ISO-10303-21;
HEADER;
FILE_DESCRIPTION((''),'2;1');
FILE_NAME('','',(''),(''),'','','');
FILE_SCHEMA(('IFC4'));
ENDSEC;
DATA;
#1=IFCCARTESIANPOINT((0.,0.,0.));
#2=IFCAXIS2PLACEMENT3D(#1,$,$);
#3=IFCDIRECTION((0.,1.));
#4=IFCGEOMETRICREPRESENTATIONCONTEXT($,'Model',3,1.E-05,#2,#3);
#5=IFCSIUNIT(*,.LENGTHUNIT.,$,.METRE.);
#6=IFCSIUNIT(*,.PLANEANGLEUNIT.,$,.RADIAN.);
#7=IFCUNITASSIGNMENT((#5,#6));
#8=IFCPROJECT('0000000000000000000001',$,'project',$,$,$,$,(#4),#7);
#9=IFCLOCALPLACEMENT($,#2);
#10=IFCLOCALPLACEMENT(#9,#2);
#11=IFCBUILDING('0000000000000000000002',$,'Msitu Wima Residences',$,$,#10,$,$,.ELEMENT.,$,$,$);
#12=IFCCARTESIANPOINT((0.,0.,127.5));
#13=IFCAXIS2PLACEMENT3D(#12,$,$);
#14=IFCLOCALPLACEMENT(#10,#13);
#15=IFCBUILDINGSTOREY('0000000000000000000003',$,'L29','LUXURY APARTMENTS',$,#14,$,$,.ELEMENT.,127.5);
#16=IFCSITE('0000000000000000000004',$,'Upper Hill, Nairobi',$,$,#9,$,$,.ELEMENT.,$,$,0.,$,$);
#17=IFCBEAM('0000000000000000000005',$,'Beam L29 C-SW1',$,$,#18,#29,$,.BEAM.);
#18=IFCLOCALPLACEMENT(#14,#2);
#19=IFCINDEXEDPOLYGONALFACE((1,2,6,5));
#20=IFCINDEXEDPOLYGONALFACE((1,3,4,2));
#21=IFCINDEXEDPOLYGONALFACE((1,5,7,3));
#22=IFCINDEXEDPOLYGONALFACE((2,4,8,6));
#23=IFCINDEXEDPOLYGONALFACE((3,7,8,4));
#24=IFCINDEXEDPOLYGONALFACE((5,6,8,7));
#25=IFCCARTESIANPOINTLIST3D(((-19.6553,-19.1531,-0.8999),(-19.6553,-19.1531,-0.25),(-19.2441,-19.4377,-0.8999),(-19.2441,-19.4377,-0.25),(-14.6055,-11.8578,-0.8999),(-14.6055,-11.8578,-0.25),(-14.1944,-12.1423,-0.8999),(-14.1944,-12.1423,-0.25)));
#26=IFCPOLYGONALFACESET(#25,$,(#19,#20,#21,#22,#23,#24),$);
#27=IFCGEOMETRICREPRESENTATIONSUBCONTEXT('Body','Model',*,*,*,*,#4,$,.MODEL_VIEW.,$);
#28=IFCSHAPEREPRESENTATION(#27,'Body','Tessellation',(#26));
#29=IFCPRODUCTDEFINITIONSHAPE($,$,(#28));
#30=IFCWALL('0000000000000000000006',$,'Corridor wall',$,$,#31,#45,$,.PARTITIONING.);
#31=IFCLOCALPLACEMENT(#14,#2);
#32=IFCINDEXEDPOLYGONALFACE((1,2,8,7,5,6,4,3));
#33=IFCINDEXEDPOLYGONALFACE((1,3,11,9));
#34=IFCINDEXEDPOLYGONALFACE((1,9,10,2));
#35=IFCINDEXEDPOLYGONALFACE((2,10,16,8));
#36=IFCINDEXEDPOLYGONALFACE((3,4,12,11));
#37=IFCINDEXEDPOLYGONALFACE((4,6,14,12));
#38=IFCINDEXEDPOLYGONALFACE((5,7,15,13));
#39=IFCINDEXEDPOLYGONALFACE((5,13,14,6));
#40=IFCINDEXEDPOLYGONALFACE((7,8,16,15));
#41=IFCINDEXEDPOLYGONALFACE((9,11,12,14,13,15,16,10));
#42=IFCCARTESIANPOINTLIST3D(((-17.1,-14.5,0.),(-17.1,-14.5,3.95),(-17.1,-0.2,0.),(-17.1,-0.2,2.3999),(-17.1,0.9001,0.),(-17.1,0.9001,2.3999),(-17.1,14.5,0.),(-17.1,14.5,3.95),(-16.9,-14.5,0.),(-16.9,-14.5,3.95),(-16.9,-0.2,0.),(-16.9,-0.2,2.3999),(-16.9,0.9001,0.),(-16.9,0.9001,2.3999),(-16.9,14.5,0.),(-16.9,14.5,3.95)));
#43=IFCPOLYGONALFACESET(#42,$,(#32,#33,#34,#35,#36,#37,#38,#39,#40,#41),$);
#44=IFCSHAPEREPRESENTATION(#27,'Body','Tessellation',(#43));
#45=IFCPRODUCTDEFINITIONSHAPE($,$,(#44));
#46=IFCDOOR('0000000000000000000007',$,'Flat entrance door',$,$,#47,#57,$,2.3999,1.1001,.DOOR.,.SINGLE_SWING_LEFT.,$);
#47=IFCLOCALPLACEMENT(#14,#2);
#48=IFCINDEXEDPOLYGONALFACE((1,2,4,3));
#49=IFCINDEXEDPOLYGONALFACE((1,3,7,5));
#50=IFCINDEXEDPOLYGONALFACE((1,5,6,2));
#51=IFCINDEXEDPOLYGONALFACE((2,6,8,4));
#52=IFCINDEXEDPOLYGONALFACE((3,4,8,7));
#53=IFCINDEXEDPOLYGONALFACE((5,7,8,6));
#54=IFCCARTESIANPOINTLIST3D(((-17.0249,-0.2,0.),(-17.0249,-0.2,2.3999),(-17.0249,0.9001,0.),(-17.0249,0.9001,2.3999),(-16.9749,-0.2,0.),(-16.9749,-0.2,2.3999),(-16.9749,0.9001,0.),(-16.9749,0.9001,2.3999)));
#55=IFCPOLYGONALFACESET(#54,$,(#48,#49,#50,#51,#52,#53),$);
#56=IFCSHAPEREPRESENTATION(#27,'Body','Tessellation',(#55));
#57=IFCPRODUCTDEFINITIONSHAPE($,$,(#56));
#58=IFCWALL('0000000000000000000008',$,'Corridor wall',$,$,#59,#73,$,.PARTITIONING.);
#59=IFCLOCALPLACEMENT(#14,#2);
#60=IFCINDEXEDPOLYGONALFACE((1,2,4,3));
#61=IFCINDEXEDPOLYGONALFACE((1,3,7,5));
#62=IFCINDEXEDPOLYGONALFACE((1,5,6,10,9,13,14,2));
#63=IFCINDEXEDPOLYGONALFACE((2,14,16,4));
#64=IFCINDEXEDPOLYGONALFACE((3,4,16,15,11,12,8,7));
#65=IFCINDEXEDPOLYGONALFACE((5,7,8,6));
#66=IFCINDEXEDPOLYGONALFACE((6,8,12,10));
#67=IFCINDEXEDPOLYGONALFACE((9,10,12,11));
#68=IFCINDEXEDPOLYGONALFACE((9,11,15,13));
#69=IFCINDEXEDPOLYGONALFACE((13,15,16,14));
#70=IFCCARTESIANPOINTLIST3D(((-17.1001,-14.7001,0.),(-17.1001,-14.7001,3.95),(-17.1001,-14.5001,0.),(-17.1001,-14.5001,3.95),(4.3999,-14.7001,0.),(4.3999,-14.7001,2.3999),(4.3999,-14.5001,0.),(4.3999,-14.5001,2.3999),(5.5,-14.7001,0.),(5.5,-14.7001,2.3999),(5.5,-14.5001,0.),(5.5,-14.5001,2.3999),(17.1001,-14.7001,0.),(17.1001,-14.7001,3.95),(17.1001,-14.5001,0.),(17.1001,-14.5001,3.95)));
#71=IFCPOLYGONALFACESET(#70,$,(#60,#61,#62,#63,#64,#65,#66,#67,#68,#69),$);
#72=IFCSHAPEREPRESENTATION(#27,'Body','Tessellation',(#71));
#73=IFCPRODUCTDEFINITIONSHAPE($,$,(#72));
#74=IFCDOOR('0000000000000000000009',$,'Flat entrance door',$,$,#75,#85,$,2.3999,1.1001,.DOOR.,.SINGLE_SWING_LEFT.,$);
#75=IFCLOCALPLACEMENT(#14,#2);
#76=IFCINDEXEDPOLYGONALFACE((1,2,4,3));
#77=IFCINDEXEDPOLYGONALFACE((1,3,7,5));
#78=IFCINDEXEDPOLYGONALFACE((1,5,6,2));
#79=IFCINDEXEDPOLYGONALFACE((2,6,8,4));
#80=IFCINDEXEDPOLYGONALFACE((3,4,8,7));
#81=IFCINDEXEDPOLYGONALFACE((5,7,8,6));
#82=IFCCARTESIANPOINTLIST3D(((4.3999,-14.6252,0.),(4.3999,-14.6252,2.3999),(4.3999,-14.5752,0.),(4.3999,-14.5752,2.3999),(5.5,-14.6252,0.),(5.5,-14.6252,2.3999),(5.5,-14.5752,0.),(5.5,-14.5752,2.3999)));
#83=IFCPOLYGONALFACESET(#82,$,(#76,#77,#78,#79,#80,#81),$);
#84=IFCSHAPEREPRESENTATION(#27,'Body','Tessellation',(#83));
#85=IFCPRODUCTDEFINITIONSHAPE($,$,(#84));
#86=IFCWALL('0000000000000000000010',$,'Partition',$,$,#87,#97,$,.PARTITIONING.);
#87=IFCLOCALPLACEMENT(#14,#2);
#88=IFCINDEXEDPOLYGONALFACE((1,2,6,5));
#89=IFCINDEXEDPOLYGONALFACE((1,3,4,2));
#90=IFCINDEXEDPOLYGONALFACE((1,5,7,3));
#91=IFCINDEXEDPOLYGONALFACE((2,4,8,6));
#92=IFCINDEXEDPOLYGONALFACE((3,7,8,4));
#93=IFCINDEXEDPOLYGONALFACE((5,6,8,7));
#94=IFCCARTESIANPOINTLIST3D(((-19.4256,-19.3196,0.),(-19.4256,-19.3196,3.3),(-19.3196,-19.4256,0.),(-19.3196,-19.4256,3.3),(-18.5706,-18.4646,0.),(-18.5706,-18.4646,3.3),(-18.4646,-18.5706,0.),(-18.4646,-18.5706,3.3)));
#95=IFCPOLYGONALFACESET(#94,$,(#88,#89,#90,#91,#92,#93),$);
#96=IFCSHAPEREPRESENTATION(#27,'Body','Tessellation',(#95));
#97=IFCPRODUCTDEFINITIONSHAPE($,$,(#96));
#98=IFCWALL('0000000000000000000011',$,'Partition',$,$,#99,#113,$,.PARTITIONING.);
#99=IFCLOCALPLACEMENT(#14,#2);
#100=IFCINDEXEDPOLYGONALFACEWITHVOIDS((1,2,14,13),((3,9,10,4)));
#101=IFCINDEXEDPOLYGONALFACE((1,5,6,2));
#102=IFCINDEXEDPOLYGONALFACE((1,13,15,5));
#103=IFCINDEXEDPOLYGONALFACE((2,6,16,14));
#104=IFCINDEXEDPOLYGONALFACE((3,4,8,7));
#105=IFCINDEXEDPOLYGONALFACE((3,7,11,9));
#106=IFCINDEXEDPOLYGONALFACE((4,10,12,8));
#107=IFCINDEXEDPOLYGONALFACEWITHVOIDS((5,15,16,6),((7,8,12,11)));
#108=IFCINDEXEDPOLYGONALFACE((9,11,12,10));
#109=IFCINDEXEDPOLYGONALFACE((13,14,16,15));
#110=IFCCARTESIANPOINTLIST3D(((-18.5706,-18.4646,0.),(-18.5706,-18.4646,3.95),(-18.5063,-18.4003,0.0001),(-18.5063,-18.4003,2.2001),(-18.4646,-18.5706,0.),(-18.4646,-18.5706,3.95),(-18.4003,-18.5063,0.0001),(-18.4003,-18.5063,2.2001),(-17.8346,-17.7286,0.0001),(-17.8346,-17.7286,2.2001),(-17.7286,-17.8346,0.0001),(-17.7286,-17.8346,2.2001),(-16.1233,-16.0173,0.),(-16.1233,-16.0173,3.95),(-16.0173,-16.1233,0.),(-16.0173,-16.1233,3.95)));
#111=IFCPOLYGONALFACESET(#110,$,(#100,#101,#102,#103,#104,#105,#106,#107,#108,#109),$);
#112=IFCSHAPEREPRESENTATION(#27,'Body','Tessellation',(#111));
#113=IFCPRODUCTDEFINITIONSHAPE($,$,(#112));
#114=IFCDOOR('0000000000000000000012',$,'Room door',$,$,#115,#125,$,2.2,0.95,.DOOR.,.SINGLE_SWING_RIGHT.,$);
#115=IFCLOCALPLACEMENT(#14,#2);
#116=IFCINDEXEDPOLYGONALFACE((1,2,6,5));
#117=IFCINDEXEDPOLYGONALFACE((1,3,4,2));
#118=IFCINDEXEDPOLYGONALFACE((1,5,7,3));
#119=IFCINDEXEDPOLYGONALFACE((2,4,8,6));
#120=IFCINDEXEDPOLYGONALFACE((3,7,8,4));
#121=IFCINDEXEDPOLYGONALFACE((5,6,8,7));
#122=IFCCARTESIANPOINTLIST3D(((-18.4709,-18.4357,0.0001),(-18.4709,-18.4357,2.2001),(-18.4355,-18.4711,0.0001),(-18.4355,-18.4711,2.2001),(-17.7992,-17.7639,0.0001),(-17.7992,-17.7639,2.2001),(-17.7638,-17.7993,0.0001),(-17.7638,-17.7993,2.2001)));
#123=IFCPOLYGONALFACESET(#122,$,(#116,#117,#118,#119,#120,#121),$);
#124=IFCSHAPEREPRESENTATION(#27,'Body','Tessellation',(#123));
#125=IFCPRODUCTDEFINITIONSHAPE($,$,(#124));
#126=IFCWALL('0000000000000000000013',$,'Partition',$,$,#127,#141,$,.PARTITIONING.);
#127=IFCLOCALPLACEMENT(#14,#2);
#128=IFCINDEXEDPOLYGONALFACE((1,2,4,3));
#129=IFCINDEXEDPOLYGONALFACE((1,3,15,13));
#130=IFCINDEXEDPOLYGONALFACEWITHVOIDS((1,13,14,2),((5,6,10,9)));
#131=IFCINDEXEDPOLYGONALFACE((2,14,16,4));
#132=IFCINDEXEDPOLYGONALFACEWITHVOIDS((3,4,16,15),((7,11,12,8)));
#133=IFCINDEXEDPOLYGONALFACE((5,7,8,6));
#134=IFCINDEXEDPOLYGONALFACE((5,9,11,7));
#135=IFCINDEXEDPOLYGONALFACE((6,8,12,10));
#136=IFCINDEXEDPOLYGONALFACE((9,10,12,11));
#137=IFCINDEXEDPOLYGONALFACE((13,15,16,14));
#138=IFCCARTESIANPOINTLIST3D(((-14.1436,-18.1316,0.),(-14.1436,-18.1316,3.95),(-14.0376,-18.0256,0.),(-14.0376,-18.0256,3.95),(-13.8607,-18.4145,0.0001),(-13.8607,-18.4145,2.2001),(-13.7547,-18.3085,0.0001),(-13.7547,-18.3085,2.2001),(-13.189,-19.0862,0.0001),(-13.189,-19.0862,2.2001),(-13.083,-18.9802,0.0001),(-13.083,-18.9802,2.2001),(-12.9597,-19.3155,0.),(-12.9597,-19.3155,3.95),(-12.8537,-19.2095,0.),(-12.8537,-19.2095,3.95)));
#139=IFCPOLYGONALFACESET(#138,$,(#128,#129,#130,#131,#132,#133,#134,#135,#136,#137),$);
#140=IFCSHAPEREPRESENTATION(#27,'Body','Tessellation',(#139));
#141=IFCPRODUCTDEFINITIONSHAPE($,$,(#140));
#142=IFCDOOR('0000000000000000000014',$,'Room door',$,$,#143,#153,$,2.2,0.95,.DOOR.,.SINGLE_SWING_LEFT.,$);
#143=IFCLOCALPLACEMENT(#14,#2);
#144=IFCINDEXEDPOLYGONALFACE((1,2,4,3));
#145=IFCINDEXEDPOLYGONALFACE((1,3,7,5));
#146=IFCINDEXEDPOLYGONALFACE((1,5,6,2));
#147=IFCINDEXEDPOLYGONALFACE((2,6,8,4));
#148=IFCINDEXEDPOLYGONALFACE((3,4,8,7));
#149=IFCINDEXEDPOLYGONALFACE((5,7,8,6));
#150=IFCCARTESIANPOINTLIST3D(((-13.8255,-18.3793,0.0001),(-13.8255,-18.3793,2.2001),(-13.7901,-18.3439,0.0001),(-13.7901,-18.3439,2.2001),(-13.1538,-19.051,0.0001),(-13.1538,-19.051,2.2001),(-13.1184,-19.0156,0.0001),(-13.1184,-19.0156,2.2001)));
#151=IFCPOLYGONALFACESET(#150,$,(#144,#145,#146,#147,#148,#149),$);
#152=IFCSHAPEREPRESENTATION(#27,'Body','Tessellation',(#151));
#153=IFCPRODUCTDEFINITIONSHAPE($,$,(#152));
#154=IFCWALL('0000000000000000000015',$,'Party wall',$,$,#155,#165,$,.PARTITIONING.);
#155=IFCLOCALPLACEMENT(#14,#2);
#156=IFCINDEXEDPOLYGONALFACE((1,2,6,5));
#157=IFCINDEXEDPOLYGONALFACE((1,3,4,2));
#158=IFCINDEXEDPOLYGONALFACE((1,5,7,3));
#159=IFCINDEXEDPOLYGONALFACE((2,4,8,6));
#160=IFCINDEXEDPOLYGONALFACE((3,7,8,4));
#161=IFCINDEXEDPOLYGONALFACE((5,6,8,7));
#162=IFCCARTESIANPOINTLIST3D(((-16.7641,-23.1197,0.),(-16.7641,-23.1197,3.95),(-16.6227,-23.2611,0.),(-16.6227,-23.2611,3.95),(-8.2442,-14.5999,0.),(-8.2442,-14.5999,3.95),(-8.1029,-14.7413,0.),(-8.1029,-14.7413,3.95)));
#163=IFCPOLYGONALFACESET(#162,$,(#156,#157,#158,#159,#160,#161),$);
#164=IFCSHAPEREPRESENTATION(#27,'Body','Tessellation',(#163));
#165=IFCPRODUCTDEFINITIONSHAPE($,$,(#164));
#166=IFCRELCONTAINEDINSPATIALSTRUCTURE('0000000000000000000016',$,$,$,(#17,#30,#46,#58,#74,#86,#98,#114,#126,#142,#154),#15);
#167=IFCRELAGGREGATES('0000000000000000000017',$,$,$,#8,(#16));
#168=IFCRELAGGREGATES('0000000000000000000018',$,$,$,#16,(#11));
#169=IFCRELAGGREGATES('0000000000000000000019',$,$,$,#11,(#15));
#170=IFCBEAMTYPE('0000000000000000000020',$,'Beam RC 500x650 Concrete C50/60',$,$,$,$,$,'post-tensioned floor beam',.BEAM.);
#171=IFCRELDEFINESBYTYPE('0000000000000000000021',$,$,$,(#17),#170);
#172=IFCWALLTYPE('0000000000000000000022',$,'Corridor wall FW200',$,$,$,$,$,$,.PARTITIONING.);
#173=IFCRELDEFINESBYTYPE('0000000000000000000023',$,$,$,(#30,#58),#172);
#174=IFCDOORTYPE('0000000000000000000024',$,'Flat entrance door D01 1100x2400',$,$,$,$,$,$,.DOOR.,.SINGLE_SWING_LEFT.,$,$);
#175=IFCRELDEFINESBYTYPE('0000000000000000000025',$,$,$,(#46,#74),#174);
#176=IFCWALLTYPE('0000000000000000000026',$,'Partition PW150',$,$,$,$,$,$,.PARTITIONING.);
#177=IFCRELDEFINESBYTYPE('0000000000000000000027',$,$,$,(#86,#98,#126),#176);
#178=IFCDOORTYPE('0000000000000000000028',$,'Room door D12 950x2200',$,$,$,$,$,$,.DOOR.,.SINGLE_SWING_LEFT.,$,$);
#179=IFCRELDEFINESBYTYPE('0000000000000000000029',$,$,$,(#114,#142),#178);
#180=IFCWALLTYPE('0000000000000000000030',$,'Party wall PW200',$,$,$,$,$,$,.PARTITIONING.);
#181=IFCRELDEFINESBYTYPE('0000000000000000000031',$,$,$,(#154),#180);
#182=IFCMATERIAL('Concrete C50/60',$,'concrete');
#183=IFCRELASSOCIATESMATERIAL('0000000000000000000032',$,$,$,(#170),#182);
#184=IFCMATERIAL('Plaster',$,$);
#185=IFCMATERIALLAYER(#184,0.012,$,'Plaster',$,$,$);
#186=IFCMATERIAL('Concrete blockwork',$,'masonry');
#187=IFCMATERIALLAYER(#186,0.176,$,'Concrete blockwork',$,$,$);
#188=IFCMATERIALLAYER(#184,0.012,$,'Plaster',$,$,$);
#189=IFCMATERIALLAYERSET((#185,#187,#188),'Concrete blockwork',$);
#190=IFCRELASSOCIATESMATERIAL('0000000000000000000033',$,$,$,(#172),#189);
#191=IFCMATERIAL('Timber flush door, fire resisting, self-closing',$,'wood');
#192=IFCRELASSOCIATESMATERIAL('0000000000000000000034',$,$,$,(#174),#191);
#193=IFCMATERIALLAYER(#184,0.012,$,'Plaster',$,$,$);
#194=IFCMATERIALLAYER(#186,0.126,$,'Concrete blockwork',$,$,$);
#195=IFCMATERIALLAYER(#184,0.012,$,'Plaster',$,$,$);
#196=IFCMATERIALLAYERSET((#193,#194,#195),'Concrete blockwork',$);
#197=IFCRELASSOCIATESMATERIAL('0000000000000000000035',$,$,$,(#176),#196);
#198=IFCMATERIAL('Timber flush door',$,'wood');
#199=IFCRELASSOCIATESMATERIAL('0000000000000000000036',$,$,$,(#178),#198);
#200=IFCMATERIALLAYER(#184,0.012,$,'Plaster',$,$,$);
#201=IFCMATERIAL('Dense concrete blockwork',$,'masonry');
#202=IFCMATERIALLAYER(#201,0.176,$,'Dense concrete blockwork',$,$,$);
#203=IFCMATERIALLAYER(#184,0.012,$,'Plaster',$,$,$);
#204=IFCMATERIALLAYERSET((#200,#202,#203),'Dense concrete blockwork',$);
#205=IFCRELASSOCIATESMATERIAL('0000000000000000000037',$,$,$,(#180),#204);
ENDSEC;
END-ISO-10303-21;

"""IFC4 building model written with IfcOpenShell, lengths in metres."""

from ifc_helpers import new_model, si_unit, direction, frame, frame_2d, origin, origin_2d, place, context, subcontext, project, spatial, rectangle, extrude, material, layer, layer_set, material_profile, profile_set, type_object, element, fill, save


model = new_model("IFC4")

# Units and contexts
model_context = context("Model", 3, precision=1e-05, world=origin(), true_north=direction((0.0, 1.0)))
body_context = subcontext(model_context, "Body", "Model", "MODEL_VIEW")
ifc_project = project(units=[si_unit("LENGTHUNIT", "METRE"), si_unit("PLANEANGLEUNIT", "RADIAN")], contexts=[model_context])

# Site, building, storey
site_placement = place(None, origin())
site = spatial("IfcSite", under=ifc_project, at=site_placement, Name="Upper Hill, Nairobi", CompositionType="ELEMENT", RefElevation=0.0)
building_placement = place(site_placement, origin())
building = spatial("IfcBuilding", under=site, at=building_placement, Name="Msitu Wima Residences", CompositionType="ELEMENT")
storey_placement = place(building_placement, frame((0.0, 0.0, 127.5)))
storey = spatial("IfcBuildingStorey", under=building, at=storey_placement, Name="L29", Description="LUXURY APARTMENTS", CompositionType="ELEMENT", Elevation=127.5)

# Beam
ifc_material_1 = material(Name="Concrete C50/60", Category="concrete")
ifc_material_profile = material_profile(ifc_material_1, rectangle(XDim=0.5, YDim=0.6499, at=origin_2d()), Name="RC 500x650")
ifc_profile_set = profile_set([ifc_material_profile], Name="Concrete C50/60")
beam_type = type_object("IfcBeamType", Name="Beam RC 500x650 Concrete C50/60", ElementType="post-tensioned floor beam", PredefinedType="BEAM", material=ifc_profile_set)
beam_placement = place(storey_placement, frame((-19.4497, -19.2954, -0.575), z_axis=(0.569144, 0.822238, 0.0), x_axis=(-0.822238, 0.569144, 0.0)))
element("IfcBeam", 1, at=beam_placement, inside=storey, type_object=beam_type, Name="Beam L29 C-SW1", PredefinedType="BEAM", context=body_context, shape_type="SweptSolid", body=[
    extrude(rectangle(XDim=0.5, YDim=0.6499, at=origin_2d()), origin(), (0.0, 0.0, 1.0), 8.8726),
])

# Walls, openings, doors
ifc_material_2 = material(Name="Plaster")
ifc_layer_1 = layer(ifc_material_2, 0.012, Name="Plaster")
ifc_material_3 = material(Name="Concrete blockwork", Category="masonry")
ifc_layer_2 = layer(ifc_material_3, 0.176, Name="Concrete blockwork")
ifc_layer_3 = layer(ifc_material_2, 0.012, Name="Plaster")
ifc_layer_set_1 = layer_set([ifc_layer_1, ifc_layer_2, ifc_layer_3], Name="Concrete blockwork")
wall_type_1 = type_object("IfcWallType", Name="Corridor wall FW200", PredefinedType="PARTITIONING", material=ifc_layer_set_1)
wall_1_placement = place(storey_placement, frame((-17.0, -14.5, 0.0), z_axis=(0.0, 0.0, 1.0), x_axis=(0.0, 1.0, 0.0)))
wall_1 = element("IfcWall", 2, at=wall_1_placement, inside=storey, type_object=wall_type_1, Name="Corridor wall", PredefinedType="PARTITIONING", context=body_context, shape_type="SweptSolid", body=[
    extrude(rectangle(XDim=29.0, YDim=0.2, at=frame_2d((14.5, 0.0))), origin(), (0.0, 0.0, 1.0), 3.95),
])
opening_1_placement = place(wall_1_placement, frame((14.3, 0.0, 0.0)))
opening_1 = element("IfcOpeningElement", 3, at=opening_1_placement, cuts=wall_1, PredefinedType="OPENING", context=body_context, shape_type="SweptSolid", body=[
    extrude(rectangle(XDim=1.1001, YDim=2.3999, at=frame_2d((0.55, 1.2))), frame((0.0, 0.1099, 0.0), z_axis=(0.0, -1.0, 0.0), x_axis=(1.0, 0.0, 0.0)), (0.0, 0.0, 1.0), 0.22),
])
ifc_material_4 = material(Name="Timber flush door, fire resisting, self-closing", Category="wood")
door_type_1 = type_object("IfcDoorType", Name="Flat entrance door D01 1100x2400", OperationType="SINGLE_SWING_LEFT", PredefinedType="DOOR", material=ifc_material_4)
door_1_placement = place(opening_1_placement, origin())
door_1 = element("IfcDoor", 4, at=door_1_placement, inside=storey, type_object=door_type_1, Name="Flat entrance door", OperationType="SINGLE_SWING_LEFT", OverallHeight=2.3999, OverallWidth=1.1001, PredefinedType="DOOR", context=body_context, shape_type="SweptSolid", body=[
    extrude(rectangle(XDim=1.1001, YDim=2.3999, at=frame_2d((0.55, 1.2))), frame((0.0, 0.0249, 0.0), z_axis=(0.0, -1.0, 0.0), x_axis=(1.0, 0.0, 0.0)), (0.0, 0.0, 1.0), 0.05),
])
fill(opening_1, door_1)
wall_2_placement = place(storey_placement, frame((-17.1001, -14.6001, 0.0), z_axis=(0.0, 0.0, 1.0), x_axis=(1.0, 0.0, 0.0)))
wall_2 = element("IfcWall", 5, at=wall_2_placement, inside=storey, type_object=wall_type_1, Name="Corridor wall", PredefinedType="PARTITIONING", context=body_context, shape_type="SweptSolid", body=[
    extrude(rectangle(XDim=34.2002, YDim=0.2, at=frame_2d((17.1001, 0.0))), origin(), (0.0, 0.0, 1.0), 3.95),
])
opening_2_placement = place(wall_2_placement, frame((21.5, 0.0, 0.0)))
opening_2 = element("IfcOpeningElement", 6, at=opening_2_placement, cuts=wall_2, PredefinedType="OPENING", context=body_context, shape_type="SweptSolid", body=[
    extrude(rectangle(XDim=1.1001, YDim=2.3999, at=frame_2d((0.55, 1.2))), frame((0.0, 0.1099, 0.0), z_axis=(0.0, -1.0, 0.0), x_axis=(1.0, 0.0, 0.0)), (0.0, 0.0, 1.0), 0.22),
])
door_2_placement = place(opening_2_placement, origin())
door_2 = element("IfcDoor", 7, at=door_2_placement, inside=storey, type_object=door_type_1, Name="Flat entrance door", OperationType="SINGLE_SWING_LEFT", OverallHeight=2.3999, OverallWidth=1.1001, PredefinedType="DOOR", context=body_context, shape_type="SweptSolid", body=[
    extrude(rectangle(XDim=1.1001, YDim=2.3999, at=frame_2d((0.55, 1.2))), frame((0.0, 0.0249, 0.0), z_axis=(0.0, -1.0, 0.0), x_axis=(1.0, 0.0, 0.0)), (0.0, 0.0, 1.0), 0.05),
])
fill(opening_2, door_2)

# Wall
ifc_layer_4 = layer(ifc_material_2, 0.012, Name="Plaster")
ifc_layer_5 = layer(ifc_material_3, 0.126, Name="Concrete blockwork")
ifc_layer_6 = layer(ifc_material_2, 0.012, Name="Plaster")
ifc_layer_set_2 = layer_set([ifc_layer_4, ifc_layer_5, ifc_layer_6], Name="Concrete blockwork")
wall_type_2 = type_object("IfcWallType", Name="Partition PW150", PredefinedType="PARTITIONING", material=ifc_layer_set_2)
wall_3_placement = place(storey_placement, frame((-19.3726, -19.3726, 0.0), z_axis=(0.0, 0.0, 1.0), x_axis=(0.707107, 0.707107, 0.0)))
element("IfcWall", 8, at=wall_3_placement, inside=storey, type_object=wall_type_2, Name="Partition", PredefinedType="PARTITIONING", context=body_context, shape_type="SweptSolid", body=[
    extrude(rectangle(XDim=1.2092, YDim=0.1499, at=frame_2d((0.6045, 0.0))), origin(), (0.0, 0.0, 1.0), 3.3),
])

# Walls, openings, doors
wall_4_placement = place(storey_placement, frame((-18.5176, -18.5176, 0.0), z_axis=(0.0, 0.0, 1.0), x_axis=(0.707107, 0.707107, 0.0)))
wall_4 = element("IfcWall", 9, at=wall_4_placement, inside=storey, type_object=wall_type_2, Name="Partition", PredefinedType="PARTITIONING", context=body_context, shape_type="SweptSolid", body=[
    extrude(rectangle(XDim=3.4609, YDim=0.1499, at=frame_2d((1.7305, 0.0))), origin(), (0.0, 0.0, 1.0), 3.95),
])
opening_3_placement = place(wall_4_placement, frame((0.0908, 0.0, 0.0)))
opening_3 = element("IfcOpeningElement", 10, at=opening_3_placement, cuts=wall_4, PredefinedType="OPENING", context=body_context, shape_type="SweptSolid", body=[
    extrude(rectangle(XDim=0.95, YDim=2.2, at=frame_2d((0.4751, 1.1001))), frame((0.0, 0.085, 0.0), z_axis=(0.0, -1.0, 0.0), x_axis=(1.0, 0.0, 0.0)), (0.0, 0.0, 1.0), 0.1699),
])
ifc_material_5 = material(Name="Timber flush door", Category="wood")
door_type_2 = type_object("IfcDoorType", Name="Room door D12 950x2200", OperationType="SINGLE_SWING_LEFT", PredefinedType="DOOR", material=ifc_material_5)
door_3_placement = place(opening_3_placement, origin())
door_3 = element("IfcDoor", 11, at=door_3_placement, inside=storey, type_object=door_type_2, Name="Room door", OperationType="SINGLE_SWING_RIGHT", OverallHeight=2.2, OverallWidth=0.95, PredefinedType="DOOR", context=body_context, shape_type="SweptSolid", body=[
    extrude(rectangle(XDim=0.95, YDim=2.2, at=frame_2d((0.4751, 1.1001))), frame((0.0, 0.0249, 0.0), z_axis=(0.0, -1.0, 0.0), x_axis=(1.0, 0.0, 0.0)), (0.0, 0.0, 1.0), 0.05),
])
fill(opening_3, door_3)
wall_5_placement = place(storey_placement, frame((-14.0906, -18.0786, 0.0), z_axis=(0.0, 0.0, 1.0), x_axis=(0.707107, -0.707107, 0.0)))
wall_5 = element("IfcWall", 12, at=wall_5_placement, inside=storey, type_object=wall_type_2, Name="Partition", PredefinedType="PARTITIONING", context=body_context, shape_type="SweptSolid", body=[
    extrude(rectangle(XDim=1.6743, YDim=0.1499, at=frame_2d((0.8372, 0.0))), origin(), (0.0, 0.0, 1.0), 3.95),
])
opening_4_placement = place(wall_5_placement, frame((0.3999, 0.0, 0.0)))
opening_4 = element("IfcOpeningElement", 13, at=opening_4_placement, cuts=wall_5, PredefinedType="OPENING", context=body_context, shape_type="SweptSolid", body=[
    extrude(rectangle(XDim=0.95, YDim=2.2, at=frame_2d((0.4751, 1.1001))), frame((0.0, 0.085, 0.0), z_axis=(0.0, -1.0, 0.0), x_axis=(1.0, 0.0, 0.0)), (0.0, 0.0, 1.0), 0.1699),
])
door_4_placement = place(opening_4_placement, origin())
door_4 = element("IfcDoor", 14, at=door_4_placement, inside=storey, type_object=door_type_2, Name="Room door", OperationType="SINGLE_SWING_LEFT", OverallHeight=2.2, OverallWidth=0.95, PredefinedType="DOOR", context=body_context, shape_type="SweptSolid", body=[
    extrude(rectangle(XDim=0.95, YDim=2.2, at=frame_2d((0.4751, 1.1001))), frame((0.0, 0.0249, 0.0), z_axis=(0.0, -1.0, 0.0), x_axis=(1.0, 0.0, 0.0)), (0.0, 0.0, 1.0), 0.05),
])
fill(opening_4, door_4)

# Wall
ifc_layer_7 = layer(ifc_material_2, 0.012, Name="Plaster")
ifc_material_6 = material(Name="Dense concrete blockwork", Category="masonry")
ifc_layer_8 = layer(ifc_material_6, 0.176, Name="Dense concrete blockwork")
ifc_layer_9 = layer(ifc_material_2, 0.012, Name="Plaster")
ifc_layer_set_3 = layer_set([ifc_layer_7, ifc_layer_8, ifc_layer_9], Name="Dense concrete blockwork")
wall_type_3 = type_object("IfcWallType", Name="Party wall PW200", PredefinedType="PARTITIONING", material=ifc_layer_set_3)
wall_6_placement = place(storey_placement, frame((-16.6934, -23.1904, 0.0), z_axis=(0.0, 0.0, 1.0), x_axis=(0.707107, 0.707107, 0.0)))
element("IfcWall", 15, at=wall_6_placement, inside=storey, type_object=wall_type_3, Name="Party wall", PredefinedType="PARTITIONING", context=body_context, shape_type="SweptSolid", body=[
    extrude(rectangle(XDim=12.0488, YDim=0.2, at=frame_2d((6.0244, 0.0))), origin(), (0.0, 0.0, 1.0), 3.95),
])

save(model, "model.ifc")
